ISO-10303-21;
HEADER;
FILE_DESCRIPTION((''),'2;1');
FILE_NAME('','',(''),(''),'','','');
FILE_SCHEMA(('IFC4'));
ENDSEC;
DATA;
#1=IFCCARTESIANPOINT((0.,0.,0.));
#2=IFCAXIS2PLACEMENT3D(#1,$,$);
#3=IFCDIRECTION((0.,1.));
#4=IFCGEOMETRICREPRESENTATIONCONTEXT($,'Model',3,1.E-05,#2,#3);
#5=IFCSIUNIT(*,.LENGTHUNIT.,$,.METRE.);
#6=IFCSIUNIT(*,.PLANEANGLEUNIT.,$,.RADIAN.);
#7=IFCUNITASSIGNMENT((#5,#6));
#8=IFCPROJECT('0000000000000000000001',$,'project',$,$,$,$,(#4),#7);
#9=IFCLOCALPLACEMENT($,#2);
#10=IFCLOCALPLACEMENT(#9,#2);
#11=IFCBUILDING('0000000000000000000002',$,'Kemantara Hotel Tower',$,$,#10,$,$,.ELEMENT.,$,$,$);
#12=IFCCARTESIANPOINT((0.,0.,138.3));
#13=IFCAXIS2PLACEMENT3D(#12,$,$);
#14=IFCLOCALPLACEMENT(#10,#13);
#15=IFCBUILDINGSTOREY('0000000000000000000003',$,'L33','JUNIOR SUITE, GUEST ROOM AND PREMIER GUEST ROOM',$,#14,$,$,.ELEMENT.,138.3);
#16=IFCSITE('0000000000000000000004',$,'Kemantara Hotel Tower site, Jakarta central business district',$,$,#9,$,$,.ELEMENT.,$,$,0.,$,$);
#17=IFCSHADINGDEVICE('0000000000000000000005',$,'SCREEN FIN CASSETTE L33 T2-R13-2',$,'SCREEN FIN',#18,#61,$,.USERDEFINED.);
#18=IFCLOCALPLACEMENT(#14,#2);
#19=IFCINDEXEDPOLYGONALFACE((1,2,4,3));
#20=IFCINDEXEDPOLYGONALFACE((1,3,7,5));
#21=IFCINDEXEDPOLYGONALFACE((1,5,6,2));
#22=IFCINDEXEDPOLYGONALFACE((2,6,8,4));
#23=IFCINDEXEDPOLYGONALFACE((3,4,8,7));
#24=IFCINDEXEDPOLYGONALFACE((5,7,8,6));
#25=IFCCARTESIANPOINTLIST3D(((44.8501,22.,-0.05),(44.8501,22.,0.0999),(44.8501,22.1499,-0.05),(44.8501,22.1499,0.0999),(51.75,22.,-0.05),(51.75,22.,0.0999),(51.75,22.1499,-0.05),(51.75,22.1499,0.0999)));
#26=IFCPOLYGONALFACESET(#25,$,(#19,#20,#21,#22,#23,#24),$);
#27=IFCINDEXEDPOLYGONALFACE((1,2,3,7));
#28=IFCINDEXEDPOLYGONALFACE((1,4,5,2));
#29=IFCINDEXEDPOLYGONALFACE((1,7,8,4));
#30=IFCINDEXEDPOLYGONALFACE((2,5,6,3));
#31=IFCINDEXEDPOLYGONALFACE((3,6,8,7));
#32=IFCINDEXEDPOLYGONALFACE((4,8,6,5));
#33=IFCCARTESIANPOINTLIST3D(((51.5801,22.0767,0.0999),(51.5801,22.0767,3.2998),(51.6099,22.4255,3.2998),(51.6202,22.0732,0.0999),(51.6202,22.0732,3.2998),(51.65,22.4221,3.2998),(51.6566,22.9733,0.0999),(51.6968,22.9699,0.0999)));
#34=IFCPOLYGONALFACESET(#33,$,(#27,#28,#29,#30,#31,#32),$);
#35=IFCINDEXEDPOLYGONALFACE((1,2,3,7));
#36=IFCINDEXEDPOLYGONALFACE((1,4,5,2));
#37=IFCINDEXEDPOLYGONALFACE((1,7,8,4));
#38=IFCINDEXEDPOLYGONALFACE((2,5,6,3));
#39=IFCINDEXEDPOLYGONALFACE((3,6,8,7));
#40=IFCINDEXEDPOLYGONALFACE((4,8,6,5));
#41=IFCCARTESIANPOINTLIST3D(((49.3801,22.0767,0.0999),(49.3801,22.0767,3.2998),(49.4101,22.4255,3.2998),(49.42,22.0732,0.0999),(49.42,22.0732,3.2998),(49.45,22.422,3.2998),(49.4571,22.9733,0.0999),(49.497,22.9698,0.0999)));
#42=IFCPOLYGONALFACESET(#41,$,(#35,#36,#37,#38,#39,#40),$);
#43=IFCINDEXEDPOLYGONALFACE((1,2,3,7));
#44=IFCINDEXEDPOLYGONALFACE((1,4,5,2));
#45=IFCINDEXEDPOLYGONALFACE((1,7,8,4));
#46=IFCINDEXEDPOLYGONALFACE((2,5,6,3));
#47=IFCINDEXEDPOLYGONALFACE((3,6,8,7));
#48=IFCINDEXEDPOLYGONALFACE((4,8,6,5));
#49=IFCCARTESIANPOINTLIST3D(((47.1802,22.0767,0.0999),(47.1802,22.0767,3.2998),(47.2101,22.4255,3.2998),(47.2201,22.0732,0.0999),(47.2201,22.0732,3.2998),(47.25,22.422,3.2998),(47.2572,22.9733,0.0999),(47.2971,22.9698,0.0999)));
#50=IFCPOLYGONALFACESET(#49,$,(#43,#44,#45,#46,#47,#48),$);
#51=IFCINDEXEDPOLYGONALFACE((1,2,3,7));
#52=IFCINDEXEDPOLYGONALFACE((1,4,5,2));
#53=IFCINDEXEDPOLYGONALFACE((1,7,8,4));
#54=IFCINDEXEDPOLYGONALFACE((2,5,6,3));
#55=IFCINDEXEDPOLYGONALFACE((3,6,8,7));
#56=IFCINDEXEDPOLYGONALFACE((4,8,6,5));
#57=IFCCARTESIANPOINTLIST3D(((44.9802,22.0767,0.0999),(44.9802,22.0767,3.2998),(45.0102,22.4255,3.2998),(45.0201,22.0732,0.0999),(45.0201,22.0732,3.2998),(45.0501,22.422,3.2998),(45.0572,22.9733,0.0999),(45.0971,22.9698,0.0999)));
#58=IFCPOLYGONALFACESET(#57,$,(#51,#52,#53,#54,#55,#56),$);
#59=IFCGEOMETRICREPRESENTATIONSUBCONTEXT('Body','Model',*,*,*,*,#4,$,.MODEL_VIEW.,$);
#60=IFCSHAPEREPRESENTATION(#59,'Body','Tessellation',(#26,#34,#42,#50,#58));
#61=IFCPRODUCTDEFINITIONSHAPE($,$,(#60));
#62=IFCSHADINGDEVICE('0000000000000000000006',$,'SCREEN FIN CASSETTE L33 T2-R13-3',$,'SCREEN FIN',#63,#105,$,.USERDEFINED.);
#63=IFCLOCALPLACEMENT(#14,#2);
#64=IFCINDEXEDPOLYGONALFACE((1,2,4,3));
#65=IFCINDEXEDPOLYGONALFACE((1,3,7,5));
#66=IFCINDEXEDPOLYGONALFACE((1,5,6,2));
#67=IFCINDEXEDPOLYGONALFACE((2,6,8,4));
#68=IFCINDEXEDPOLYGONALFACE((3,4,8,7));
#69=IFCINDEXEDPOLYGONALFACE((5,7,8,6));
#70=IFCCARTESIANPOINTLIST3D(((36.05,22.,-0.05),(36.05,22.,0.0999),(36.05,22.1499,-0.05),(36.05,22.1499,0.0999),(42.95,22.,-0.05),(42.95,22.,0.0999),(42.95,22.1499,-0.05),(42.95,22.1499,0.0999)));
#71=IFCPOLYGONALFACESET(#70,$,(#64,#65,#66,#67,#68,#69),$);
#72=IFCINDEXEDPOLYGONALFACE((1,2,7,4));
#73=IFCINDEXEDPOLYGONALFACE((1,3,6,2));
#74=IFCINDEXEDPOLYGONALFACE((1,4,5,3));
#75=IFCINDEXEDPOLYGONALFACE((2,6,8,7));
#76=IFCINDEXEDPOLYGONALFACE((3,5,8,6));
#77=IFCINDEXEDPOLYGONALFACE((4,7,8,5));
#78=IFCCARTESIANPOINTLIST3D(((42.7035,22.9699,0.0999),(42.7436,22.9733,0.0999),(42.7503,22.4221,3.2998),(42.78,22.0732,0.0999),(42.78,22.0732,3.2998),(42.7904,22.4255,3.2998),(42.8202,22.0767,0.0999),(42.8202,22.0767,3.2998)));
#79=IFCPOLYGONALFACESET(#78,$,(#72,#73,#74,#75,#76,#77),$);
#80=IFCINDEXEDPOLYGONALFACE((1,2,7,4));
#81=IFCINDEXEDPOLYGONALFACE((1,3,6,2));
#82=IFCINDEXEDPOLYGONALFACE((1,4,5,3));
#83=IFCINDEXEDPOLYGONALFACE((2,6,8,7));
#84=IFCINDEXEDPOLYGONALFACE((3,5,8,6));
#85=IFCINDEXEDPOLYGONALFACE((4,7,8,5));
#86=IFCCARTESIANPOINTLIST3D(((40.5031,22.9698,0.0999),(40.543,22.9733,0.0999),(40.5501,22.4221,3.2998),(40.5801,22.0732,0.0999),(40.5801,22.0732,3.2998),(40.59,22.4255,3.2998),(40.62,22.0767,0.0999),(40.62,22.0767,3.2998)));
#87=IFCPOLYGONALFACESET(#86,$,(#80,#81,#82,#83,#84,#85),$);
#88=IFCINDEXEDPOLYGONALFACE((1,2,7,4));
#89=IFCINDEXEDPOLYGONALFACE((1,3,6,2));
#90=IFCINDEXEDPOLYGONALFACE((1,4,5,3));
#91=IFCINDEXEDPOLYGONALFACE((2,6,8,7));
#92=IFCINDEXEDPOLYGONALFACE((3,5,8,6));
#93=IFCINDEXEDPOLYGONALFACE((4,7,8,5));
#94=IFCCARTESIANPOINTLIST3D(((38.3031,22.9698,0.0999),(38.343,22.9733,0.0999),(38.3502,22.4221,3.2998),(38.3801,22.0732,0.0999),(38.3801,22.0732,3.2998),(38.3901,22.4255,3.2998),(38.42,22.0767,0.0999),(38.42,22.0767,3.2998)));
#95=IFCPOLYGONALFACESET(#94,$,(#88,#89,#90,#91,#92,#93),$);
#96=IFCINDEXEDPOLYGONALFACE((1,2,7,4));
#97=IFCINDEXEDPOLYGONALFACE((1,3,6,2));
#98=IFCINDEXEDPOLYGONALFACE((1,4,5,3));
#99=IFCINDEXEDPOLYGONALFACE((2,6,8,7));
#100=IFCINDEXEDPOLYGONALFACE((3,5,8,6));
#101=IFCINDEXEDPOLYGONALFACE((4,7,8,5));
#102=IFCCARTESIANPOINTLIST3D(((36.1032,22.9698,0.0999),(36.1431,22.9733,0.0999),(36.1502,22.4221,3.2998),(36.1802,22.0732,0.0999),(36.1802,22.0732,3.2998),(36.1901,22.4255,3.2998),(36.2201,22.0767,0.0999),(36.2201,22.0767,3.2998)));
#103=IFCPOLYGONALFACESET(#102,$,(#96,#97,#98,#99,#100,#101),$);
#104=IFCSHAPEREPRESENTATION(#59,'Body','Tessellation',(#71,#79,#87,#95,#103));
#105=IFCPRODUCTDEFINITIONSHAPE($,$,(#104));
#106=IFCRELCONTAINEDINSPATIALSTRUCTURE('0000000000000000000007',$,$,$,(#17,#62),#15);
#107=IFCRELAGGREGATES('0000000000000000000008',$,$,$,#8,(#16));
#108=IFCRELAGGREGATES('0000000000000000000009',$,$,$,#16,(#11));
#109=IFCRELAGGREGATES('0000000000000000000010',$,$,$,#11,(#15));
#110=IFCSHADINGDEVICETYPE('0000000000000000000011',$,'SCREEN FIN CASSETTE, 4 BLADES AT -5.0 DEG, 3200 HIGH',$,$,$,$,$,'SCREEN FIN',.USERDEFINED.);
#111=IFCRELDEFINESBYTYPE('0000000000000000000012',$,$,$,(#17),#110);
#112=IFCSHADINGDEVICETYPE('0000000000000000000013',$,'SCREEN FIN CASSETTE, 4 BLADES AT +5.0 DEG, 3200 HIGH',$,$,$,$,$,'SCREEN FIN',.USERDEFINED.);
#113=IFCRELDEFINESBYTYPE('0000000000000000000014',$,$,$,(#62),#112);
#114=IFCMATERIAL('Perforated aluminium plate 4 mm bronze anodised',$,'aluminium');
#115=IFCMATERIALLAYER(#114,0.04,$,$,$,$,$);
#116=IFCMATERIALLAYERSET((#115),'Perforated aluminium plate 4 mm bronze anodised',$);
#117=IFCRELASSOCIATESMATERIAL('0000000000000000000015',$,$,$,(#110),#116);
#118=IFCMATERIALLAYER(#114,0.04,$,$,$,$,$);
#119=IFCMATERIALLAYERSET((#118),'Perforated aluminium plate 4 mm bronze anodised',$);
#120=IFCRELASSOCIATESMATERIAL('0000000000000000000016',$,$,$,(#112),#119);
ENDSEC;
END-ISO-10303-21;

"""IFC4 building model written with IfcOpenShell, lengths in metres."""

from ifc_helpers import new_model, si_unit, direction, frame, origin, origin_2d, place, context, subcontext, project, spatial, polyline, rectangle, outline, extrude, source, transform, mapped, material, layer, layer_set, type_object, element, save


model = new_model("IFC4")

# Units and contexts
model_context = context("Model", 3, precision=1e-05, world=origin(), true_north=direction((0.0, 1.0)))
body_context = subcontext(model_context, "Body", "Model", "MODEL_VIEW")
ifc_project = project(units=[si_unit("LENGTHUNIT", "METRE"), si_unit("PLANEANGLEUNIT", "RADIAN")], contexts=[model_context])

# Site, building, storey
site_placement = place(None, origin())
site = spatial("IfcSite", under=ifc_project, at=site_placement, Name="Kemantara Hotel Tower site, Jakarta central business district", CompositionType="ELEMENT", RefElevation=0.0)
building_placement = place(site_placement, origin())
building = spatial("IfcBuilding", under=site, at=building_placement, Name="Kemantara Hotel Tower", CompositionType="ELEMENT")
storey_placement = place(building_placement, frame((0.0, 0.0, 138.3)))
storey = spatial("IfcBuildingStorey", under=building, at=storey_placement, Name="L33", Description="JUNIOR SUITE, GUEST ROOM AND PREMIER GUEST ROOM", CompositionType="ELEMENT", Elevation=138.3)

# Shading devices
ifc_material_1 = material(Name="Perforated aluminium plate 4 mm bronze anodised", Category="aluminium")
ifc_layer_1 = layer(ifc_material_1, 0.04)
ifc_layer_set_1 = layer_set([ifc_layer_1], Name="Perforated aluminium plate 4 mm bronze anodised")
shading_device_type_1 = type_object("IfcShadingDeviceType", Name="SCREEN FIN CASSETTE, 4 BLADES AT -5.0 DEG, 3200 HIGH", ElementType="SCREEN FIN", PredefinedType="USERDEFINED", material=ifc_layer_set_1)
shared_shape_1 = source(origin(), body_context, "Body", "SweptSolid", [
    extrude(rectangle(XDim=6.8999, YDim=0.1499, at=origin_2d()), frame((3.3, -0.075, -0.1499), z_axis=(0.0, 0.0, 1.0), x_axis=(1.0, 0.0, 0.0)), (0.0, 0.0, 1.0), 0.1499),
    extrude(outline(polyline([(0.0, 0.0), (0.8999, 0.0), (0.3501, 3.2), (0.0, 3.2), (0.0, 0.0)])), frame((0.02, -0.0767, 0.0), z_axis=(-0.996376, 0.085056, 0.0), x_axis=(-0.085056, -0.996376, 0.0)), (0.0, 0.0, 1.0), 0.0403),
    extrude(outline(polyline([(0.0, 0.0), (0.8999, 0.0), (0.3501, 3.2), (0.0, 3.2), (0.0, 0.0)])), frame((2.22, -0.0767, 0.0), z_axis=(-0.996332, 0.085575, 0.0), x_axis=(-0.085575, -0.996332, 0.0)), (0.0, 0.0, 1.0), 0.04),
    extrude(outline(polyline([(0.0, 0.0), (0.8999, 0.0), (0.3501, 3.2), (0.0, 3.2), (0.0, 0.0)])), frame((4.4199, -0.0767, 0.0), z_axis=(-0.996332, 0.085575, 0.0), x_axis=(-0.085575, -0.996332, 0.0)), (0.0, 0.0, 1.0), 0.04),
    extrude(outline(polyline([(0.0, 0.0), (0.8999, 0.0), (0.3501, 3.2), (0.0, 3.2), (0.0, 0.0)])), frame((6.6199, -0.0767, 0.0), z_axis=(-0.996332, 0.085575, 0.0), x_axis=(-0.085575, -0.996332, 0.0)), (0.0, 0.0, 1.0), 0.04),
])
shading_device_1_placement = place(storey_placement, frame((51.6001, 22.0, 0.0999), z_axis=(0.0, 0.0, 1.0), x_axis=(-1.0, 0.0, 0.0)))
element("IfcShadingDevice", 1, at=shading_device_1_placement, inside=storey, type_object=shading_device_type_1, Name="SCREEN FIN CASSETTE L33 T2-R13-2", ObjectType="SCREEN FIN", PredefinedType="USERDEFINED", context=body_context, shape_type="MappedRepresentation", body=[
    mapped(shared_shape_1, transform((0.0, 0.0, 0.0))),
])
ifc_layer_2 = layer(ifc_material_1, 0.04)
ifc_layer_set_2 = layer_set([ifc_layer_2], Name="Perforated aluminium plate 4 mm bronze anodised")
shading_device_type_2 = type_object("IfcShadingDeviceType", Name="SCREEN FIN CASSETTE, 4 BLADES AT +5.0 DEG, 3200 HIGH", ElementType="SCREEN FIN", PredefinedType="USERDEFINED", material=ifc_layer_set_2)
shared_shape_2 = source(origin(), body_context, "Body", "SweptSolid", [
    extrude(rectangle(XDim=6.8999, YDim=0.1499, at=origin_2d()), frame((3.3, -0.075, -0.1499), z_axis=(0.0, 0.0, 1.0), x_axis=(1.0, 0.0, 0.0)), (0.0, 0.0, 1.0), 0.1499),
    extrude(outline(polyline([(0.0, 0.0), (0.8999, 0.0), (0.3501, 3.2), (0.0, 3.2), (0.0, 0.0)])), frame((0.02, -0.0732, 0.0), z_axis=(-0.996376, -0.085056, 0.0), x_axis=(0.085056, -0.996376, 0.0)), (0.0, 0.0, 1.0), 0.0403),
    extrude(outline(polyline([(0.0, 0.0), (0.8999, 0.0), (0.3501, 3.2), (0.0, 3.2), (0.0, 0.0)])), frame((2.22, -0.0732, 0.0), z_axis=(-0.996332, -0.085575, 0.0), x_axis=(0.085575, -0.996332, 0.0)), (0.0, 0.0, 1.0), 0.04),
    extrude(outline(polyline([(0.0, 0.0), (0.8999, 0.0), (0.3501, 3.2), (0.0, 3.2), (0.0, 0.0)])), frame((4.4199, -0.0732, 0.0), z_axis=(-0.996332, -0.085575, 0.0), x_axis=(0.085575, -0.996332, 0.0)), (0.0, 0.0, 1.0), 0.04),
    extrude(outline(polyline([(0.0, 0.0), (0.8999, 0.0), (0.3501, 3.2), (0.0, 3.2), (0.0, 0.0)])), frame((6.6199, -0.0732, 0.0), z_axis=(-0.996332, -0.085575, 0.0), x_axis=(0.085575, -0.996332, 0.0)), (0.0, 0.0, 1.0), 0.04),
])
shading_device_2_placement = place(storey_placement, frame((42.8, 22.0, 0.0999), z_axis=(0.0, 0.0, 1.0), x_axis=(-1.0, 0.0, 0.0)))
element("IfcShadingDevice", 2, at=shading_device_2_placement, inside=storey, type_object=shading_device_type_2, Name="SCREEN FIN CASSETTE L33 T2-R13-3", ObjectType="SCREEN FIN", PredefinedType="USERDEFINED", context=body_context, shape_type="MappedRepresentation", body=[
    mapped(shared_shape_2, transform((0.0, 0.0, 0.0))),
])

save(model, "model.ifc")
